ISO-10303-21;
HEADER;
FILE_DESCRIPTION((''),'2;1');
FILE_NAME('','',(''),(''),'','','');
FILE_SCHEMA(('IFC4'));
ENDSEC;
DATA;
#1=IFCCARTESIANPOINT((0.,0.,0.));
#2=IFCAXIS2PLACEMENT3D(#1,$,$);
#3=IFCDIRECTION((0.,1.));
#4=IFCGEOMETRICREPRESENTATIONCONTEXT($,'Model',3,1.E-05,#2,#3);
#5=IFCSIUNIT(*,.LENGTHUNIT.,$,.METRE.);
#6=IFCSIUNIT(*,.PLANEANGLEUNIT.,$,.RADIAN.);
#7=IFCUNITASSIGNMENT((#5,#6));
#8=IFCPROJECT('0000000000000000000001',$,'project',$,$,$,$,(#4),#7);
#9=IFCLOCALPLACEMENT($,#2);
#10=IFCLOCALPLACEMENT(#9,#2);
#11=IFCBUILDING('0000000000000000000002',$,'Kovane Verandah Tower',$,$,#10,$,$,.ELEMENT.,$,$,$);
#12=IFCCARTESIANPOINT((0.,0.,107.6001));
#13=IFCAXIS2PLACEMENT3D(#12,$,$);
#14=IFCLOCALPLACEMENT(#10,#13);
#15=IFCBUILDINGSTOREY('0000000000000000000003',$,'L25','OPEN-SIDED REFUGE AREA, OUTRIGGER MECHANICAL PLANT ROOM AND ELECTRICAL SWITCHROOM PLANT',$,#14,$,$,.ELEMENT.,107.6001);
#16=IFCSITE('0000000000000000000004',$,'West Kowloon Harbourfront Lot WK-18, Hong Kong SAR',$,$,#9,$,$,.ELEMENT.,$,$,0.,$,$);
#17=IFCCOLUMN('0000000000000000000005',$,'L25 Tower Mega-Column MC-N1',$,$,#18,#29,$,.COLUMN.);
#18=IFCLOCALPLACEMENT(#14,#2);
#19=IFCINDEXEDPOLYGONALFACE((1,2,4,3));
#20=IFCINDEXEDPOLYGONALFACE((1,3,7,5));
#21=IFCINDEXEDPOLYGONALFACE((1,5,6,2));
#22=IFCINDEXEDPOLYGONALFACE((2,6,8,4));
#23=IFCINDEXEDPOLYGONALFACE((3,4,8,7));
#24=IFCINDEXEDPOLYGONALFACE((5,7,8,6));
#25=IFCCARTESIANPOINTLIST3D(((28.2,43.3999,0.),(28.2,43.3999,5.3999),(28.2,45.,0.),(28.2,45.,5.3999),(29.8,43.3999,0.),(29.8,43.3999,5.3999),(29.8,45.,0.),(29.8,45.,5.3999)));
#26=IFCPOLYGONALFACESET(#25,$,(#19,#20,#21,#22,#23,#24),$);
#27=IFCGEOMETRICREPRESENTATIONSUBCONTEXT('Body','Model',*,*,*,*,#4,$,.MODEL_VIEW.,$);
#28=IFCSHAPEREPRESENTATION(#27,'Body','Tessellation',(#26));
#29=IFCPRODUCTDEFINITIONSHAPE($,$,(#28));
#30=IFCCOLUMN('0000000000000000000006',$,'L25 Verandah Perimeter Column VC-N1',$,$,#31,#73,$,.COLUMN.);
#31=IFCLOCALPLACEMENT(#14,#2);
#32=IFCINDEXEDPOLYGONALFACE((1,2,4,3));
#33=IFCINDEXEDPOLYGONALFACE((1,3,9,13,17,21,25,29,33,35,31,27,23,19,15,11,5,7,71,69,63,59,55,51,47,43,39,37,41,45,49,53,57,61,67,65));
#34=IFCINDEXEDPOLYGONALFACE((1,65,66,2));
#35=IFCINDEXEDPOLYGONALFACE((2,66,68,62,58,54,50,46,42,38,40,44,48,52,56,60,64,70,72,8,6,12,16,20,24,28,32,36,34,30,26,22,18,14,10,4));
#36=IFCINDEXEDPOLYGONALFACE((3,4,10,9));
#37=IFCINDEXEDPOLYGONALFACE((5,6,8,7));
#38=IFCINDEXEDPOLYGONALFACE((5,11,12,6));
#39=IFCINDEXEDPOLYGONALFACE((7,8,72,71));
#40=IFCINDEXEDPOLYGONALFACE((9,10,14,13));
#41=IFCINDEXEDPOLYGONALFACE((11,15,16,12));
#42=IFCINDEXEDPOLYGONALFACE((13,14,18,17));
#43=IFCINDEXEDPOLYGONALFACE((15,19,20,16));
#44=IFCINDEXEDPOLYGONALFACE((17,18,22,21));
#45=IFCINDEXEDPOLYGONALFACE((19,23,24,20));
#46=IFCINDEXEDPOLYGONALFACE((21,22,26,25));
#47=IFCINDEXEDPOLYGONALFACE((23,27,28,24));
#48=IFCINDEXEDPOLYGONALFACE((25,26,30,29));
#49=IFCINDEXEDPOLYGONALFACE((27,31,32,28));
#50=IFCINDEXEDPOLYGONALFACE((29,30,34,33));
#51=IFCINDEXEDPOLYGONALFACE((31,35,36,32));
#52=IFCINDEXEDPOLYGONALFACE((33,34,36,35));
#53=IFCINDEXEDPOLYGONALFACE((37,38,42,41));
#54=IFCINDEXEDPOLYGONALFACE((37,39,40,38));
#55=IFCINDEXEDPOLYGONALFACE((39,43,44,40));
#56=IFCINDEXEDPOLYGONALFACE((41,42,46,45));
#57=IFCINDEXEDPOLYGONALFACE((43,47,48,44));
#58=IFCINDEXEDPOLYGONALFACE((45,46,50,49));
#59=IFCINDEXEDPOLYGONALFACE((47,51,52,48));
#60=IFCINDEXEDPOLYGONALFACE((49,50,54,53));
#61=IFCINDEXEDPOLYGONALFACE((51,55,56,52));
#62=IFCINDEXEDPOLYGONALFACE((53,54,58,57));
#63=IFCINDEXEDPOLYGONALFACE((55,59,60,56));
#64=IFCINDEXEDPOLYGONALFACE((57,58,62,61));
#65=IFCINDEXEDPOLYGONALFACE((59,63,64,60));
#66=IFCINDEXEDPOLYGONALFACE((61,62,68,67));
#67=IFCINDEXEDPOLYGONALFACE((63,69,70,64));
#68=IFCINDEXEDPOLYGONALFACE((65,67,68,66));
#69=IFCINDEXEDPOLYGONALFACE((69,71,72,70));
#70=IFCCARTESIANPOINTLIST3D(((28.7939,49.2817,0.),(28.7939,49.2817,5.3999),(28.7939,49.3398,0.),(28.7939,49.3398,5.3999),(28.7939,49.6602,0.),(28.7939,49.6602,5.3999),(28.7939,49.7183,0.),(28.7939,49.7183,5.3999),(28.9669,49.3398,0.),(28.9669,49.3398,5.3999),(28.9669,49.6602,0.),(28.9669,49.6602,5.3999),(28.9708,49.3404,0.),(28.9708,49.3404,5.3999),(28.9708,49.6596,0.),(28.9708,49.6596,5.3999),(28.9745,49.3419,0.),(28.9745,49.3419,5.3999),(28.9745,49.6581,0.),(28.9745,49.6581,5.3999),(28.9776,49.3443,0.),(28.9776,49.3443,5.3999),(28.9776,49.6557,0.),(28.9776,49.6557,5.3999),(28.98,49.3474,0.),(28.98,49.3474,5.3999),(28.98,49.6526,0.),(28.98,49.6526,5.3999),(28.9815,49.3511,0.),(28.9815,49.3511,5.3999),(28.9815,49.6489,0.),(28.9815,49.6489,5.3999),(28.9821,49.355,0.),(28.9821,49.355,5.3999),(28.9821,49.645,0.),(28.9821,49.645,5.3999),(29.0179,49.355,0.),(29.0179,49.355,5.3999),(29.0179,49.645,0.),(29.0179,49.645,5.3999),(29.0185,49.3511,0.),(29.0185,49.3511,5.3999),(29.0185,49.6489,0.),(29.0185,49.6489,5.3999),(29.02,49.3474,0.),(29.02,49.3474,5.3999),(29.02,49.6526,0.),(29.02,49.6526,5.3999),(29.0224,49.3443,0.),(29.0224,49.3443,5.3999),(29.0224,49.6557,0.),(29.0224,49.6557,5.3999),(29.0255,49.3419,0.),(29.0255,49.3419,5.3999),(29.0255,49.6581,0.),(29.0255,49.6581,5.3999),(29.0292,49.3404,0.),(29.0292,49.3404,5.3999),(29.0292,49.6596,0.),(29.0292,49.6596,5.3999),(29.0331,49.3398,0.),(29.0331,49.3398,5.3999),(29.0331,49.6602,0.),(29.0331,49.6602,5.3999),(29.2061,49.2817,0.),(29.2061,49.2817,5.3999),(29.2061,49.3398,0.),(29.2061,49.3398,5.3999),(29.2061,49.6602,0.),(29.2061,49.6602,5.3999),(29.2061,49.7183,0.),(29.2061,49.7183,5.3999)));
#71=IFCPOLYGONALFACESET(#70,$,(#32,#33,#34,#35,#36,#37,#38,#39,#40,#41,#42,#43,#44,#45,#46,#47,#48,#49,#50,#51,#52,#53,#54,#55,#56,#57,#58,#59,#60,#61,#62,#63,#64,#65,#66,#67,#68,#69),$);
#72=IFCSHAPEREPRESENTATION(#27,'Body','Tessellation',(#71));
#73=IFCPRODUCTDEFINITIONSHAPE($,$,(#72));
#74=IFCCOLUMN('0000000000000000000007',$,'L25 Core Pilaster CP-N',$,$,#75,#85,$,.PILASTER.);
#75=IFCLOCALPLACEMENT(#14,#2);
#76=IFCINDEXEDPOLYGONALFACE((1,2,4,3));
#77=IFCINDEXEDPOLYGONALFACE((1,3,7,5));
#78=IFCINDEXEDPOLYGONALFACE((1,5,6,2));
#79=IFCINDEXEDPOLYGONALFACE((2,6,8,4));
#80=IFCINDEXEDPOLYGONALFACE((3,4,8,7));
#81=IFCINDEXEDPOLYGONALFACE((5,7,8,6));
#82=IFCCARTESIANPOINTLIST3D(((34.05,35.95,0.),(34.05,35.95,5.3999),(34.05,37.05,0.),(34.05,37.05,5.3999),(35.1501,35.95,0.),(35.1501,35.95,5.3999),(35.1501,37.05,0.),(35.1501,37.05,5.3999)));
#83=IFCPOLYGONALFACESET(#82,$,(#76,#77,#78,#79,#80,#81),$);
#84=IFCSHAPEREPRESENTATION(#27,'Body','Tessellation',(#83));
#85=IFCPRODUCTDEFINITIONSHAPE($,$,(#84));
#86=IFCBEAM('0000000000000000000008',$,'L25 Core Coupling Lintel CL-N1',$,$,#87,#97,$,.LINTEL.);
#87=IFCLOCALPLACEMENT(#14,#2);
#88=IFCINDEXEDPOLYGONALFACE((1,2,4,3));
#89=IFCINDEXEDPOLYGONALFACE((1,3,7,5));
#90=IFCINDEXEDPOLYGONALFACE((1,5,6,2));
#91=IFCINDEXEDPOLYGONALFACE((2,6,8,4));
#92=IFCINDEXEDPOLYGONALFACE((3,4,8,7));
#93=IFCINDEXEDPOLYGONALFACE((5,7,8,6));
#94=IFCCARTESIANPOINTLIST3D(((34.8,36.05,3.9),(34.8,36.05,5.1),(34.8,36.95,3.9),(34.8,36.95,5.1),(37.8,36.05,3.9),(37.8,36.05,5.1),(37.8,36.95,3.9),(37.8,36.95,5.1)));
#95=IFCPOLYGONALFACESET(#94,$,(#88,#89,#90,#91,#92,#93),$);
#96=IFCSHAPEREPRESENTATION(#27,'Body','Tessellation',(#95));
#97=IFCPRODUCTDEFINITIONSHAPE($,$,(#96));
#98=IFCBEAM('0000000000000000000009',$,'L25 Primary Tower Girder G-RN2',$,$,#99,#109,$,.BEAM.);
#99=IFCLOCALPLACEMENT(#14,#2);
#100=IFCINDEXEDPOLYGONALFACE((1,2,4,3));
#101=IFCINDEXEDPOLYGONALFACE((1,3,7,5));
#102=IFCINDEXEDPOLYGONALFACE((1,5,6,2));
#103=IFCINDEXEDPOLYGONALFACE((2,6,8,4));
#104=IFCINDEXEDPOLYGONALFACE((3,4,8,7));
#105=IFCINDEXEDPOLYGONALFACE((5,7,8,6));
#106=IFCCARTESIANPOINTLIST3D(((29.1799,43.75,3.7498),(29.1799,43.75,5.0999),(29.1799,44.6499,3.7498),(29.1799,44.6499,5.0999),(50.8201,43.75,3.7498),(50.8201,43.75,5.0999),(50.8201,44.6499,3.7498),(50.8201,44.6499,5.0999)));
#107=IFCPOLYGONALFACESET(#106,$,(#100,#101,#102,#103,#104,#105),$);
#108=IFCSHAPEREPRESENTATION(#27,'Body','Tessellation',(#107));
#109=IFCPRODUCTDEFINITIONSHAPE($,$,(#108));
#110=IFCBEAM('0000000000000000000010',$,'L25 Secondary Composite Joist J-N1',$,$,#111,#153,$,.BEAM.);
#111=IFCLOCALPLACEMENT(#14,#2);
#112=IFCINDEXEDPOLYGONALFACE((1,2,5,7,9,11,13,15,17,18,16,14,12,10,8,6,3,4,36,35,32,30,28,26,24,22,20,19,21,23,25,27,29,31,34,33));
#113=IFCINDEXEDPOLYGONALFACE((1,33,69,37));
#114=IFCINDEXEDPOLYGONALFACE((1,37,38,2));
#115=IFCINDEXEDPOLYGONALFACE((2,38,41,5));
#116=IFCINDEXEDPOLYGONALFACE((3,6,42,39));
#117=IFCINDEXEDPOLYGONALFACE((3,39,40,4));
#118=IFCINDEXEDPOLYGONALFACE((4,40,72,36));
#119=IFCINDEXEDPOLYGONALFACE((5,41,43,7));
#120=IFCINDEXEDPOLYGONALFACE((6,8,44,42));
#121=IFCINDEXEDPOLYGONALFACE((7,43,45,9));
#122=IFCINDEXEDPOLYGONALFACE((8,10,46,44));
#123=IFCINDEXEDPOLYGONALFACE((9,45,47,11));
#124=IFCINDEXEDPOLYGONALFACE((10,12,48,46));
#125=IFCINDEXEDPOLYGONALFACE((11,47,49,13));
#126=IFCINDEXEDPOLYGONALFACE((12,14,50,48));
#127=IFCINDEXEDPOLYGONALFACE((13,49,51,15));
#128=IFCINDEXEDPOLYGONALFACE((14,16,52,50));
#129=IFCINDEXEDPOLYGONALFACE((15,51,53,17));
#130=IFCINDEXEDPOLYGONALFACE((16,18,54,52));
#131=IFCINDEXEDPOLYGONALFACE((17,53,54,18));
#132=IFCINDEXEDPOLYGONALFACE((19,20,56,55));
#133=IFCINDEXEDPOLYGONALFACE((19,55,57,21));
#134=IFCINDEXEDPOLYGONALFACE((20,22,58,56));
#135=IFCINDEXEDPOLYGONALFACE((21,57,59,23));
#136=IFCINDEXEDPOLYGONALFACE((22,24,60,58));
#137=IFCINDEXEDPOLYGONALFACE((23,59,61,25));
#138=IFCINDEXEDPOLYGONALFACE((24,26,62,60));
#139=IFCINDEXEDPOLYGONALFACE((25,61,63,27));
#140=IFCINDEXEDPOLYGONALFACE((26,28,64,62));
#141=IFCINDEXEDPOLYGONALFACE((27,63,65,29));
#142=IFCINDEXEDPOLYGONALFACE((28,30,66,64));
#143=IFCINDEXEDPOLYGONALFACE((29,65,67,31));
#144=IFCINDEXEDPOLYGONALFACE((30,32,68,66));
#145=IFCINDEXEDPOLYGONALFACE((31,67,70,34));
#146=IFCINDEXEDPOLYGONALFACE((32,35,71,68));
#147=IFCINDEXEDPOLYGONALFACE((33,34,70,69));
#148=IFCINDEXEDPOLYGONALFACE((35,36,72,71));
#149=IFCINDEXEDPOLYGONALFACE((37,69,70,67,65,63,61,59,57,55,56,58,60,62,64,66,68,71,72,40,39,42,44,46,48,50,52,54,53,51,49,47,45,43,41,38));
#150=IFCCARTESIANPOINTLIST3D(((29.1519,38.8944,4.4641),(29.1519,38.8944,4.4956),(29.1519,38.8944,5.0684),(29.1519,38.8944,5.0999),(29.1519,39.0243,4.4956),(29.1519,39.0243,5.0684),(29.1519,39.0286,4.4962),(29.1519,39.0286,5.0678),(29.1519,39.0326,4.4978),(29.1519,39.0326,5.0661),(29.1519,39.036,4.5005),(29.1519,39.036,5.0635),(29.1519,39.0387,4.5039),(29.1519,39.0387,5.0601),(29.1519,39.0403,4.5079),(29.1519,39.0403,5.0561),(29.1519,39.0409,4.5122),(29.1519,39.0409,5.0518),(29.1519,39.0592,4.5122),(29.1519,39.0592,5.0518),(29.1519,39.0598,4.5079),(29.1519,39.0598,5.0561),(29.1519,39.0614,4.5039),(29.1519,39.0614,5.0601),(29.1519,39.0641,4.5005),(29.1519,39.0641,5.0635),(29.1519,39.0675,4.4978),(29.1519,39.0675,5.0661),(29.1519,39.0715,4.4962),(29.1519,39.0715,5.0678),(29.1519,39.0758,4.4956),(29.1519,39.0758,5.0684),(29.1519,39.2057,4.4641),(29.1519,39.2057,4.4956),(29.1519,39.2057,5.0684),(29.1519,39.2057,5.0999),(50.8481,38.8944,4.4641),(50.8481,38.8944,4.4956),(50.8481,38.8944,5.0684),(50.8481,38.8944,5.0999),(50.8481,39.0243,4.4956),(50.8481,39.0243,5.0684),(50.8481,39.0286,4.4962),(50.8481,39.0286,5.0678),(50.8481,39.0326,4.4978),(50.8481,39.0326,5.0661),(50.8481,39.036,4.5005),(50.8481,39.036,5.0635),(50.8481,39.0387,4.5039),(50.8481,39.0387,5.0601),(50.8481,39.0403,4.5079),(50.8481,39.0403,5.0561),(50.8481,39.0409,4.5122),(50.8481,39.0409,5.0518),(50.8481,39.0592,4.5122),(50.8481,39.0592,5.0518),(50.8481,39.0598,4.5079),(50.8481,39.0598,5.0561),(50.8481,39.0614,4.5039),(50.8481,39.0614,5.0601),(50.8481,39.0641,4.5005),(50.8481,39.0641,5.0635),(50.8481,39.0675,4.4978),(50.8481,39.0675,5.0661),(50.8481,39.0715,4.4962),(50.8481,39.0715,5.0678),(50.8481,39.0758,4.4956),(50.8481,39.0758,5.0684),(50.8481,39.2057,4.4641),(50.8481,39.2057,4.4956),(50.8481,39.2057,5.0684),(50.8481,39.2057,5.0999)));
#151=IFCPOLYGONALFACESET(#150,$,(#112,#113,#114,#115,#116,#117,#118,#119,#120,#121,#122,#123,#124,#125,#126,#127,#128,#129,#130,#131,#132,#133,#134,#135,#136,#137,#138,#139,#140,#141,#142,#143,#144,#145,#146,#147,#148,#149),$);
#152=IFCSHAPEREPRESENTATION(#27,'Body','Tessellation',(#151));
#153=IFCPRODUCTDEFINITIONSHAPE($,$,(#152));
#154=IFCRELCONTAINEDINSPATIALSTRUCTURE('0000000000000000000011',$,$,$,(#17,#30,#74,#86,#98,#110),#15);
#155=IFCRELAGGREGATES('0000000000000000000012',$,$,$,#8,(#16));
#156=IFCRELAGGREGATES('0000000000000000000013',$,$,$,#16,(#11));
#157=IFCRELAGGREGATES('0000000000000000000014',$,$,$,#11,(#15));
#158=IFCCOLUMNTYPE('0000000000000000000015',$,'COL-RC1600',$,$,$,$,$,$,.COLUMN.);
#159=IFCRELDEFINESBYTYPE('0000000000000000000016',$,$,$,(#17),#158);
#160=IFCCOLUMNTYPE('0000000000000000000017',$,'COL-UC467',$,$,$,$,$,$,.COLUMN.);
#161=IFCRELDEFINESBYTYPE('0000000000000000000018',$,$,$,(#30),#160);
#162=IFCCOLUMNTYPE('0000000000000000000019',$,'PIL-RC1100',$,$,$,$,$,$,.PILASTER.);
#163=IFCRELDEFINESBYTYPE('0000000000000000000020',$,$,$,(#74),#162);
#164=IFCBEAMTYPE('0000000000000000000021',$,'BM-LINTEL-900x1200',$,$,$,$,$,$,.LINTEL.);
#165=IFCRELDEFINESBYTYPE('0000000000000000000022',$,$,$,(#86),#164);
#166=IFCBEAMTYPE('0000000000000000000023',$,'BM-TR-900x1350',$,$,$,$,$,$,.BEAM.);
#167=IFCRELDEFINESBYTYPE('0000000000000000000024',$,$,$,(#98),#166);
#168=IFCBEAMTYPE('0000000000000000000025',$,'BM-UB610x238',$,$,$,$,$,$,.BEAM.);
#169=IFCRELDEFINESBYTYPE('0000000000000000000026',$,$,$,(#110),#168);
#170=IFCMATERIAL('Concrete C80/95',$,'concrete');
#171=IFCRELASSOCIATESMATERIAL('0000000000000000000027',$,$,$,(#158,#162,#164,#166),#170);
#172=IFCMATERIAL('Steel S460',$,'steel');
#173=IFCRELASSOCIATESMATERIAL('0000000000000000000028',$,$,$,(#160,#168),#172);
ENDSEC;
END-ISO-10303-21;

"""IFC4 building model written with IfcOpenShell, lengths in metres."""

from ifc_helpers import new_model, si_unit, direction, frame, origin, origin_2d, place, context, subcontext, project, spatial, rectangle, i_section, extrude, material, material_profile, profile_set, type_object, element, save


model = new_model("IFC4")

# Units and contexts
model_context = context("Model", 3, precision=1e-05, world=origin(), true_north=direction((0.0, 1.0)))
body_context = subcontext(model_context, "Body", "Model", "MODEL_VIEW")
ifc_project = project(units=[si_unit("LENGTHUNIT", "METRE"), si_unit("PLANEANGLEUNIT", "RADIAN")], contexts=[model_context])

# Site, building, storey
site_placement = place(None, origin())
site = spatial("IfcSite", under=ifc_project, at=site_placement, Name="West Kowloon Harbourfront Lot WK-18, Hong Kong SAR", CompositionType="ELEMENT", RefElevation=0.0)
building_placement = place(site_placement, origin())
building = spatial("IfcBuilding", under=site, at=building_placement, Name="Kovane Verandah Tower", CompositionType="ELEMENT")
storey_placement = place(building_placement, frame((0.0, 0.0, 107.6001)))
storey = spatial("IfcBuildingStorey", under=building, at=storey_placement, Name="L25", Description="OPEN-SIDED REFUGE AREA, OUTRIGGER MECHANICAL PLANT ROOM AND ELECTRICAL SWITCHROOM PLANT", CompositionType="ELEMENT", Elevation=107.6001)

# Columns
ifc_material_1 = material(Name="Concrete C80/95", Category="concrete")
ifc_material_profile_1 = material_profile(ifc_material_1, rectangle(XDim=1.6001, YDim=1.6001, at=origin_2d()), Name="RC1600x1600")
ifc_profile_set_1 = profile_set([ifc_material_profile_1], Name="Concrete C80/95")
column_type_1 = type_object("IfcColumnType", Name="COL-RC1600", PredefinedType="COLUMN", material=ifc_profile_set_1)
column_1_placement = place(storey_placement, frame((29.0, 44.2, 0.0), z_axis=(0.0, 0.0, 1.0), x_axis=(1.0, 0.0, 0.0)))
element("IfcColumn", 1, at=column_1_placement, inside=storey, type_object=column_type_1, Name="L25 Tower Mega-Column MC-N1", PredefinedType="COLUMN", context=body_context, shape_type="SweptSolid", body=[
    extrude(rectangle(XDim=1.6001, YDim=1.6001, at=origin_2d()), origin(), (0.0, 0.0, 1.0), 5.3999),
])
ifc_material_2 = material(Name="Steel S460", Category="steel")
ifc_material_profile_2 = material_profile(ifc_material_2, i_section(OverallWidth=0.4121, OverallDepth=0.4365, WebThickness=0.0359, FlangeThickness=0.0581, FilletRadius=0.0151, at=origin_2d()), Name="UC356x406x467")
ifc_profile_set_2 = profile_set([ifc_material_profile_2], Name="Steel S460")
column_type_2 = type_object("IfcColumnType", Name="COL-UC467", PredefinedType="COLUMN", material=ifc_profile_set_2)
column_2_placement = place(storey_placement, frame((29.0, 49.5, 0.0), z_axis=(0.0, 0.0, 1.0), x_axis=(1.0, 0.0, 0.0)))
element("IfcColumn", 2, at=column_2_placement, inside=storey, type_object=column_type_2, Name="L25 Verandah Perimeter Column VC-N1", PredefinedType="COLUMN", context=body_context, shape_type="SweptSolid", body=[
    extrude(i_section(OverallWidth=0.4121, OverallDepth=0.4365, WebThickness=0.0359, FlangeThickness=0.0581, FilletRadius=0.0151, at=origin_2d()), origin(), (0.0, 0.0, 1.0), 5.3999),
])
ifc_material_profile_3 = material_profile(ifc_material_1, rectangle(XDim=1.1001, YDim=1.1001, at=origin_2d()), Name="RC1100x1100")
ifc_profile_set_3 = profile_set([ifc_material_profile_3], Name="Concrete C80/95")
column_type_3 = type_object("IfcColumnType", Name="PIL-RC1100", PredefinedType="PILASTER", material=ifc_profile_set_3)
column_3_placement = place(storey_placement, frame((34.6001, 36.5, 0.0), z_axis=(0.0, 0.0, 1.0), x_axis=(1.0, 0.0, 0.0)))
element("IfcColumn", 3, at=column_3_placement, inside=storey, type_object=column_type_3, Name="L25 Core Pilaster CP-N", PredefinedType="PILASTER", context=body_context, shape_type="SweptSolid", body=[
    extrude(rectangle(XDim=1.1001, YDim=1.1001, at=origin_2d()), origin(), (0.0, 0.0, 1.0), 5.3999),
])

# Beams
ifc_material_profile_4 = material_profile(ifc_material_1, rectangle(XDim=0.8999, YDim=1.2, at=origin_2d()), Name="RCB900x1200")
ifc_profile_set_4 = profile_set([ifc_material_profile_4], Name="Concrete C80/95")
beam_type_1 = type_object("IfcBeamType", Name="BM-LINTEL-900x1200", PredefinedType="LINTEL", material=ifc_profile_set_4)
beam_1_placement = place(storey_placement, frame((34.8, 36.5, 4.5), z_axis=(1.0, 0.0, 0.0), x_axis=(0.0, 1.0, 0.0)))
element("IfcBeam", 4, at=beam_1_placement, inside=storey, type_object=beam_type_1, Name="L25 Core Coupling Lintel CL-N1", PredefinedType="LINTEL", context=body_context, shape_type="SweptSolid", body=[
    extrude(rectangle(XDim=0.8999, YDim=1.2, at=origin_2d()), origin(), (0.0, 0.0, 1.0), 3.0),
])
ifc_material_profile_5 = material_profile(ifc_material_1, rectangle(XDim=0.8999, YDim=1.3501, at=origin_2d()), Name="RCB900x1350")
ifc_profile_set_5 = profile_set([ifc_material_profile_5], Name="Concrete C80/95")
beam_type_2 = type_object("IfcBeamType", Name="BM-TR-900x1350", PredefinedType="BEAM", material=ifc_profile_set_5)
beam_2_placement = place(storey_placement, frame((29.1799, 44.2, 4.4248), z_axis=(1.0, 0.0, 0.0), x_axis=(0.0, 1.0, 0.0)))
element("IfcBeam", 5, at=beam_2_placement, inside=storey, type_object=beam_type_2, Name="L25 Primary Tower Girder G-RN2", PredefinedType="BEAM", context=body_context, shape_type="SweptSolid", body=[
    extrude(rectangle(XDim=0.8999, YDim=1.3501, at=origin_2d()), origin(), (0.0, 0.0, 1.0), 21.6401),
])
ifc_material_profile_6 = material_profile(ifc_material_2, i_section(OverallWidth=0.3113, OverallDepth=0.6357, WebThickness=0.0183, FlangeThickness=0.0315, FilletRadius=0.0166, at=origin_2d()), Name="UB610x305x238")
ifc_profile_set_6 = profile_set([ifc_material_profile_6], Name="Steel S460")
beam_type_3 = type_object("IfcBeamType", Name="BM-UB610x238", PredefinedType="BEAM", material=ifc_profile_set_6)
for number, where, z_axis, x_axis, name in (
    (6, (29.1519, 39.05, 4.782), (1.0, 0.0, 0.0), (0.0, 1.0, 0.0), "L25 Secondary Composite Joist J-N1"),
):
    element("IfcBeam", number, at=place(storey_placement, frame(where, z_axis=z_axis, x_axis=x_axis)), inside=storey, type_object=beam_type_3, Name=name, PredefinedType="BEAM", context=body_context, shape_type="SweptSolid", body=[
        extrude(i_section(OverallWidth=0.3113, OverallDepth=0.6357, WebThickness=0.0183, FlangeThickness=0.0315, FilletRadius=0.0166, at=origin_2d()), origin(), (0.0, 0.0, 1.0), 21.6963),
    ])

save(model, "model.ifc")
